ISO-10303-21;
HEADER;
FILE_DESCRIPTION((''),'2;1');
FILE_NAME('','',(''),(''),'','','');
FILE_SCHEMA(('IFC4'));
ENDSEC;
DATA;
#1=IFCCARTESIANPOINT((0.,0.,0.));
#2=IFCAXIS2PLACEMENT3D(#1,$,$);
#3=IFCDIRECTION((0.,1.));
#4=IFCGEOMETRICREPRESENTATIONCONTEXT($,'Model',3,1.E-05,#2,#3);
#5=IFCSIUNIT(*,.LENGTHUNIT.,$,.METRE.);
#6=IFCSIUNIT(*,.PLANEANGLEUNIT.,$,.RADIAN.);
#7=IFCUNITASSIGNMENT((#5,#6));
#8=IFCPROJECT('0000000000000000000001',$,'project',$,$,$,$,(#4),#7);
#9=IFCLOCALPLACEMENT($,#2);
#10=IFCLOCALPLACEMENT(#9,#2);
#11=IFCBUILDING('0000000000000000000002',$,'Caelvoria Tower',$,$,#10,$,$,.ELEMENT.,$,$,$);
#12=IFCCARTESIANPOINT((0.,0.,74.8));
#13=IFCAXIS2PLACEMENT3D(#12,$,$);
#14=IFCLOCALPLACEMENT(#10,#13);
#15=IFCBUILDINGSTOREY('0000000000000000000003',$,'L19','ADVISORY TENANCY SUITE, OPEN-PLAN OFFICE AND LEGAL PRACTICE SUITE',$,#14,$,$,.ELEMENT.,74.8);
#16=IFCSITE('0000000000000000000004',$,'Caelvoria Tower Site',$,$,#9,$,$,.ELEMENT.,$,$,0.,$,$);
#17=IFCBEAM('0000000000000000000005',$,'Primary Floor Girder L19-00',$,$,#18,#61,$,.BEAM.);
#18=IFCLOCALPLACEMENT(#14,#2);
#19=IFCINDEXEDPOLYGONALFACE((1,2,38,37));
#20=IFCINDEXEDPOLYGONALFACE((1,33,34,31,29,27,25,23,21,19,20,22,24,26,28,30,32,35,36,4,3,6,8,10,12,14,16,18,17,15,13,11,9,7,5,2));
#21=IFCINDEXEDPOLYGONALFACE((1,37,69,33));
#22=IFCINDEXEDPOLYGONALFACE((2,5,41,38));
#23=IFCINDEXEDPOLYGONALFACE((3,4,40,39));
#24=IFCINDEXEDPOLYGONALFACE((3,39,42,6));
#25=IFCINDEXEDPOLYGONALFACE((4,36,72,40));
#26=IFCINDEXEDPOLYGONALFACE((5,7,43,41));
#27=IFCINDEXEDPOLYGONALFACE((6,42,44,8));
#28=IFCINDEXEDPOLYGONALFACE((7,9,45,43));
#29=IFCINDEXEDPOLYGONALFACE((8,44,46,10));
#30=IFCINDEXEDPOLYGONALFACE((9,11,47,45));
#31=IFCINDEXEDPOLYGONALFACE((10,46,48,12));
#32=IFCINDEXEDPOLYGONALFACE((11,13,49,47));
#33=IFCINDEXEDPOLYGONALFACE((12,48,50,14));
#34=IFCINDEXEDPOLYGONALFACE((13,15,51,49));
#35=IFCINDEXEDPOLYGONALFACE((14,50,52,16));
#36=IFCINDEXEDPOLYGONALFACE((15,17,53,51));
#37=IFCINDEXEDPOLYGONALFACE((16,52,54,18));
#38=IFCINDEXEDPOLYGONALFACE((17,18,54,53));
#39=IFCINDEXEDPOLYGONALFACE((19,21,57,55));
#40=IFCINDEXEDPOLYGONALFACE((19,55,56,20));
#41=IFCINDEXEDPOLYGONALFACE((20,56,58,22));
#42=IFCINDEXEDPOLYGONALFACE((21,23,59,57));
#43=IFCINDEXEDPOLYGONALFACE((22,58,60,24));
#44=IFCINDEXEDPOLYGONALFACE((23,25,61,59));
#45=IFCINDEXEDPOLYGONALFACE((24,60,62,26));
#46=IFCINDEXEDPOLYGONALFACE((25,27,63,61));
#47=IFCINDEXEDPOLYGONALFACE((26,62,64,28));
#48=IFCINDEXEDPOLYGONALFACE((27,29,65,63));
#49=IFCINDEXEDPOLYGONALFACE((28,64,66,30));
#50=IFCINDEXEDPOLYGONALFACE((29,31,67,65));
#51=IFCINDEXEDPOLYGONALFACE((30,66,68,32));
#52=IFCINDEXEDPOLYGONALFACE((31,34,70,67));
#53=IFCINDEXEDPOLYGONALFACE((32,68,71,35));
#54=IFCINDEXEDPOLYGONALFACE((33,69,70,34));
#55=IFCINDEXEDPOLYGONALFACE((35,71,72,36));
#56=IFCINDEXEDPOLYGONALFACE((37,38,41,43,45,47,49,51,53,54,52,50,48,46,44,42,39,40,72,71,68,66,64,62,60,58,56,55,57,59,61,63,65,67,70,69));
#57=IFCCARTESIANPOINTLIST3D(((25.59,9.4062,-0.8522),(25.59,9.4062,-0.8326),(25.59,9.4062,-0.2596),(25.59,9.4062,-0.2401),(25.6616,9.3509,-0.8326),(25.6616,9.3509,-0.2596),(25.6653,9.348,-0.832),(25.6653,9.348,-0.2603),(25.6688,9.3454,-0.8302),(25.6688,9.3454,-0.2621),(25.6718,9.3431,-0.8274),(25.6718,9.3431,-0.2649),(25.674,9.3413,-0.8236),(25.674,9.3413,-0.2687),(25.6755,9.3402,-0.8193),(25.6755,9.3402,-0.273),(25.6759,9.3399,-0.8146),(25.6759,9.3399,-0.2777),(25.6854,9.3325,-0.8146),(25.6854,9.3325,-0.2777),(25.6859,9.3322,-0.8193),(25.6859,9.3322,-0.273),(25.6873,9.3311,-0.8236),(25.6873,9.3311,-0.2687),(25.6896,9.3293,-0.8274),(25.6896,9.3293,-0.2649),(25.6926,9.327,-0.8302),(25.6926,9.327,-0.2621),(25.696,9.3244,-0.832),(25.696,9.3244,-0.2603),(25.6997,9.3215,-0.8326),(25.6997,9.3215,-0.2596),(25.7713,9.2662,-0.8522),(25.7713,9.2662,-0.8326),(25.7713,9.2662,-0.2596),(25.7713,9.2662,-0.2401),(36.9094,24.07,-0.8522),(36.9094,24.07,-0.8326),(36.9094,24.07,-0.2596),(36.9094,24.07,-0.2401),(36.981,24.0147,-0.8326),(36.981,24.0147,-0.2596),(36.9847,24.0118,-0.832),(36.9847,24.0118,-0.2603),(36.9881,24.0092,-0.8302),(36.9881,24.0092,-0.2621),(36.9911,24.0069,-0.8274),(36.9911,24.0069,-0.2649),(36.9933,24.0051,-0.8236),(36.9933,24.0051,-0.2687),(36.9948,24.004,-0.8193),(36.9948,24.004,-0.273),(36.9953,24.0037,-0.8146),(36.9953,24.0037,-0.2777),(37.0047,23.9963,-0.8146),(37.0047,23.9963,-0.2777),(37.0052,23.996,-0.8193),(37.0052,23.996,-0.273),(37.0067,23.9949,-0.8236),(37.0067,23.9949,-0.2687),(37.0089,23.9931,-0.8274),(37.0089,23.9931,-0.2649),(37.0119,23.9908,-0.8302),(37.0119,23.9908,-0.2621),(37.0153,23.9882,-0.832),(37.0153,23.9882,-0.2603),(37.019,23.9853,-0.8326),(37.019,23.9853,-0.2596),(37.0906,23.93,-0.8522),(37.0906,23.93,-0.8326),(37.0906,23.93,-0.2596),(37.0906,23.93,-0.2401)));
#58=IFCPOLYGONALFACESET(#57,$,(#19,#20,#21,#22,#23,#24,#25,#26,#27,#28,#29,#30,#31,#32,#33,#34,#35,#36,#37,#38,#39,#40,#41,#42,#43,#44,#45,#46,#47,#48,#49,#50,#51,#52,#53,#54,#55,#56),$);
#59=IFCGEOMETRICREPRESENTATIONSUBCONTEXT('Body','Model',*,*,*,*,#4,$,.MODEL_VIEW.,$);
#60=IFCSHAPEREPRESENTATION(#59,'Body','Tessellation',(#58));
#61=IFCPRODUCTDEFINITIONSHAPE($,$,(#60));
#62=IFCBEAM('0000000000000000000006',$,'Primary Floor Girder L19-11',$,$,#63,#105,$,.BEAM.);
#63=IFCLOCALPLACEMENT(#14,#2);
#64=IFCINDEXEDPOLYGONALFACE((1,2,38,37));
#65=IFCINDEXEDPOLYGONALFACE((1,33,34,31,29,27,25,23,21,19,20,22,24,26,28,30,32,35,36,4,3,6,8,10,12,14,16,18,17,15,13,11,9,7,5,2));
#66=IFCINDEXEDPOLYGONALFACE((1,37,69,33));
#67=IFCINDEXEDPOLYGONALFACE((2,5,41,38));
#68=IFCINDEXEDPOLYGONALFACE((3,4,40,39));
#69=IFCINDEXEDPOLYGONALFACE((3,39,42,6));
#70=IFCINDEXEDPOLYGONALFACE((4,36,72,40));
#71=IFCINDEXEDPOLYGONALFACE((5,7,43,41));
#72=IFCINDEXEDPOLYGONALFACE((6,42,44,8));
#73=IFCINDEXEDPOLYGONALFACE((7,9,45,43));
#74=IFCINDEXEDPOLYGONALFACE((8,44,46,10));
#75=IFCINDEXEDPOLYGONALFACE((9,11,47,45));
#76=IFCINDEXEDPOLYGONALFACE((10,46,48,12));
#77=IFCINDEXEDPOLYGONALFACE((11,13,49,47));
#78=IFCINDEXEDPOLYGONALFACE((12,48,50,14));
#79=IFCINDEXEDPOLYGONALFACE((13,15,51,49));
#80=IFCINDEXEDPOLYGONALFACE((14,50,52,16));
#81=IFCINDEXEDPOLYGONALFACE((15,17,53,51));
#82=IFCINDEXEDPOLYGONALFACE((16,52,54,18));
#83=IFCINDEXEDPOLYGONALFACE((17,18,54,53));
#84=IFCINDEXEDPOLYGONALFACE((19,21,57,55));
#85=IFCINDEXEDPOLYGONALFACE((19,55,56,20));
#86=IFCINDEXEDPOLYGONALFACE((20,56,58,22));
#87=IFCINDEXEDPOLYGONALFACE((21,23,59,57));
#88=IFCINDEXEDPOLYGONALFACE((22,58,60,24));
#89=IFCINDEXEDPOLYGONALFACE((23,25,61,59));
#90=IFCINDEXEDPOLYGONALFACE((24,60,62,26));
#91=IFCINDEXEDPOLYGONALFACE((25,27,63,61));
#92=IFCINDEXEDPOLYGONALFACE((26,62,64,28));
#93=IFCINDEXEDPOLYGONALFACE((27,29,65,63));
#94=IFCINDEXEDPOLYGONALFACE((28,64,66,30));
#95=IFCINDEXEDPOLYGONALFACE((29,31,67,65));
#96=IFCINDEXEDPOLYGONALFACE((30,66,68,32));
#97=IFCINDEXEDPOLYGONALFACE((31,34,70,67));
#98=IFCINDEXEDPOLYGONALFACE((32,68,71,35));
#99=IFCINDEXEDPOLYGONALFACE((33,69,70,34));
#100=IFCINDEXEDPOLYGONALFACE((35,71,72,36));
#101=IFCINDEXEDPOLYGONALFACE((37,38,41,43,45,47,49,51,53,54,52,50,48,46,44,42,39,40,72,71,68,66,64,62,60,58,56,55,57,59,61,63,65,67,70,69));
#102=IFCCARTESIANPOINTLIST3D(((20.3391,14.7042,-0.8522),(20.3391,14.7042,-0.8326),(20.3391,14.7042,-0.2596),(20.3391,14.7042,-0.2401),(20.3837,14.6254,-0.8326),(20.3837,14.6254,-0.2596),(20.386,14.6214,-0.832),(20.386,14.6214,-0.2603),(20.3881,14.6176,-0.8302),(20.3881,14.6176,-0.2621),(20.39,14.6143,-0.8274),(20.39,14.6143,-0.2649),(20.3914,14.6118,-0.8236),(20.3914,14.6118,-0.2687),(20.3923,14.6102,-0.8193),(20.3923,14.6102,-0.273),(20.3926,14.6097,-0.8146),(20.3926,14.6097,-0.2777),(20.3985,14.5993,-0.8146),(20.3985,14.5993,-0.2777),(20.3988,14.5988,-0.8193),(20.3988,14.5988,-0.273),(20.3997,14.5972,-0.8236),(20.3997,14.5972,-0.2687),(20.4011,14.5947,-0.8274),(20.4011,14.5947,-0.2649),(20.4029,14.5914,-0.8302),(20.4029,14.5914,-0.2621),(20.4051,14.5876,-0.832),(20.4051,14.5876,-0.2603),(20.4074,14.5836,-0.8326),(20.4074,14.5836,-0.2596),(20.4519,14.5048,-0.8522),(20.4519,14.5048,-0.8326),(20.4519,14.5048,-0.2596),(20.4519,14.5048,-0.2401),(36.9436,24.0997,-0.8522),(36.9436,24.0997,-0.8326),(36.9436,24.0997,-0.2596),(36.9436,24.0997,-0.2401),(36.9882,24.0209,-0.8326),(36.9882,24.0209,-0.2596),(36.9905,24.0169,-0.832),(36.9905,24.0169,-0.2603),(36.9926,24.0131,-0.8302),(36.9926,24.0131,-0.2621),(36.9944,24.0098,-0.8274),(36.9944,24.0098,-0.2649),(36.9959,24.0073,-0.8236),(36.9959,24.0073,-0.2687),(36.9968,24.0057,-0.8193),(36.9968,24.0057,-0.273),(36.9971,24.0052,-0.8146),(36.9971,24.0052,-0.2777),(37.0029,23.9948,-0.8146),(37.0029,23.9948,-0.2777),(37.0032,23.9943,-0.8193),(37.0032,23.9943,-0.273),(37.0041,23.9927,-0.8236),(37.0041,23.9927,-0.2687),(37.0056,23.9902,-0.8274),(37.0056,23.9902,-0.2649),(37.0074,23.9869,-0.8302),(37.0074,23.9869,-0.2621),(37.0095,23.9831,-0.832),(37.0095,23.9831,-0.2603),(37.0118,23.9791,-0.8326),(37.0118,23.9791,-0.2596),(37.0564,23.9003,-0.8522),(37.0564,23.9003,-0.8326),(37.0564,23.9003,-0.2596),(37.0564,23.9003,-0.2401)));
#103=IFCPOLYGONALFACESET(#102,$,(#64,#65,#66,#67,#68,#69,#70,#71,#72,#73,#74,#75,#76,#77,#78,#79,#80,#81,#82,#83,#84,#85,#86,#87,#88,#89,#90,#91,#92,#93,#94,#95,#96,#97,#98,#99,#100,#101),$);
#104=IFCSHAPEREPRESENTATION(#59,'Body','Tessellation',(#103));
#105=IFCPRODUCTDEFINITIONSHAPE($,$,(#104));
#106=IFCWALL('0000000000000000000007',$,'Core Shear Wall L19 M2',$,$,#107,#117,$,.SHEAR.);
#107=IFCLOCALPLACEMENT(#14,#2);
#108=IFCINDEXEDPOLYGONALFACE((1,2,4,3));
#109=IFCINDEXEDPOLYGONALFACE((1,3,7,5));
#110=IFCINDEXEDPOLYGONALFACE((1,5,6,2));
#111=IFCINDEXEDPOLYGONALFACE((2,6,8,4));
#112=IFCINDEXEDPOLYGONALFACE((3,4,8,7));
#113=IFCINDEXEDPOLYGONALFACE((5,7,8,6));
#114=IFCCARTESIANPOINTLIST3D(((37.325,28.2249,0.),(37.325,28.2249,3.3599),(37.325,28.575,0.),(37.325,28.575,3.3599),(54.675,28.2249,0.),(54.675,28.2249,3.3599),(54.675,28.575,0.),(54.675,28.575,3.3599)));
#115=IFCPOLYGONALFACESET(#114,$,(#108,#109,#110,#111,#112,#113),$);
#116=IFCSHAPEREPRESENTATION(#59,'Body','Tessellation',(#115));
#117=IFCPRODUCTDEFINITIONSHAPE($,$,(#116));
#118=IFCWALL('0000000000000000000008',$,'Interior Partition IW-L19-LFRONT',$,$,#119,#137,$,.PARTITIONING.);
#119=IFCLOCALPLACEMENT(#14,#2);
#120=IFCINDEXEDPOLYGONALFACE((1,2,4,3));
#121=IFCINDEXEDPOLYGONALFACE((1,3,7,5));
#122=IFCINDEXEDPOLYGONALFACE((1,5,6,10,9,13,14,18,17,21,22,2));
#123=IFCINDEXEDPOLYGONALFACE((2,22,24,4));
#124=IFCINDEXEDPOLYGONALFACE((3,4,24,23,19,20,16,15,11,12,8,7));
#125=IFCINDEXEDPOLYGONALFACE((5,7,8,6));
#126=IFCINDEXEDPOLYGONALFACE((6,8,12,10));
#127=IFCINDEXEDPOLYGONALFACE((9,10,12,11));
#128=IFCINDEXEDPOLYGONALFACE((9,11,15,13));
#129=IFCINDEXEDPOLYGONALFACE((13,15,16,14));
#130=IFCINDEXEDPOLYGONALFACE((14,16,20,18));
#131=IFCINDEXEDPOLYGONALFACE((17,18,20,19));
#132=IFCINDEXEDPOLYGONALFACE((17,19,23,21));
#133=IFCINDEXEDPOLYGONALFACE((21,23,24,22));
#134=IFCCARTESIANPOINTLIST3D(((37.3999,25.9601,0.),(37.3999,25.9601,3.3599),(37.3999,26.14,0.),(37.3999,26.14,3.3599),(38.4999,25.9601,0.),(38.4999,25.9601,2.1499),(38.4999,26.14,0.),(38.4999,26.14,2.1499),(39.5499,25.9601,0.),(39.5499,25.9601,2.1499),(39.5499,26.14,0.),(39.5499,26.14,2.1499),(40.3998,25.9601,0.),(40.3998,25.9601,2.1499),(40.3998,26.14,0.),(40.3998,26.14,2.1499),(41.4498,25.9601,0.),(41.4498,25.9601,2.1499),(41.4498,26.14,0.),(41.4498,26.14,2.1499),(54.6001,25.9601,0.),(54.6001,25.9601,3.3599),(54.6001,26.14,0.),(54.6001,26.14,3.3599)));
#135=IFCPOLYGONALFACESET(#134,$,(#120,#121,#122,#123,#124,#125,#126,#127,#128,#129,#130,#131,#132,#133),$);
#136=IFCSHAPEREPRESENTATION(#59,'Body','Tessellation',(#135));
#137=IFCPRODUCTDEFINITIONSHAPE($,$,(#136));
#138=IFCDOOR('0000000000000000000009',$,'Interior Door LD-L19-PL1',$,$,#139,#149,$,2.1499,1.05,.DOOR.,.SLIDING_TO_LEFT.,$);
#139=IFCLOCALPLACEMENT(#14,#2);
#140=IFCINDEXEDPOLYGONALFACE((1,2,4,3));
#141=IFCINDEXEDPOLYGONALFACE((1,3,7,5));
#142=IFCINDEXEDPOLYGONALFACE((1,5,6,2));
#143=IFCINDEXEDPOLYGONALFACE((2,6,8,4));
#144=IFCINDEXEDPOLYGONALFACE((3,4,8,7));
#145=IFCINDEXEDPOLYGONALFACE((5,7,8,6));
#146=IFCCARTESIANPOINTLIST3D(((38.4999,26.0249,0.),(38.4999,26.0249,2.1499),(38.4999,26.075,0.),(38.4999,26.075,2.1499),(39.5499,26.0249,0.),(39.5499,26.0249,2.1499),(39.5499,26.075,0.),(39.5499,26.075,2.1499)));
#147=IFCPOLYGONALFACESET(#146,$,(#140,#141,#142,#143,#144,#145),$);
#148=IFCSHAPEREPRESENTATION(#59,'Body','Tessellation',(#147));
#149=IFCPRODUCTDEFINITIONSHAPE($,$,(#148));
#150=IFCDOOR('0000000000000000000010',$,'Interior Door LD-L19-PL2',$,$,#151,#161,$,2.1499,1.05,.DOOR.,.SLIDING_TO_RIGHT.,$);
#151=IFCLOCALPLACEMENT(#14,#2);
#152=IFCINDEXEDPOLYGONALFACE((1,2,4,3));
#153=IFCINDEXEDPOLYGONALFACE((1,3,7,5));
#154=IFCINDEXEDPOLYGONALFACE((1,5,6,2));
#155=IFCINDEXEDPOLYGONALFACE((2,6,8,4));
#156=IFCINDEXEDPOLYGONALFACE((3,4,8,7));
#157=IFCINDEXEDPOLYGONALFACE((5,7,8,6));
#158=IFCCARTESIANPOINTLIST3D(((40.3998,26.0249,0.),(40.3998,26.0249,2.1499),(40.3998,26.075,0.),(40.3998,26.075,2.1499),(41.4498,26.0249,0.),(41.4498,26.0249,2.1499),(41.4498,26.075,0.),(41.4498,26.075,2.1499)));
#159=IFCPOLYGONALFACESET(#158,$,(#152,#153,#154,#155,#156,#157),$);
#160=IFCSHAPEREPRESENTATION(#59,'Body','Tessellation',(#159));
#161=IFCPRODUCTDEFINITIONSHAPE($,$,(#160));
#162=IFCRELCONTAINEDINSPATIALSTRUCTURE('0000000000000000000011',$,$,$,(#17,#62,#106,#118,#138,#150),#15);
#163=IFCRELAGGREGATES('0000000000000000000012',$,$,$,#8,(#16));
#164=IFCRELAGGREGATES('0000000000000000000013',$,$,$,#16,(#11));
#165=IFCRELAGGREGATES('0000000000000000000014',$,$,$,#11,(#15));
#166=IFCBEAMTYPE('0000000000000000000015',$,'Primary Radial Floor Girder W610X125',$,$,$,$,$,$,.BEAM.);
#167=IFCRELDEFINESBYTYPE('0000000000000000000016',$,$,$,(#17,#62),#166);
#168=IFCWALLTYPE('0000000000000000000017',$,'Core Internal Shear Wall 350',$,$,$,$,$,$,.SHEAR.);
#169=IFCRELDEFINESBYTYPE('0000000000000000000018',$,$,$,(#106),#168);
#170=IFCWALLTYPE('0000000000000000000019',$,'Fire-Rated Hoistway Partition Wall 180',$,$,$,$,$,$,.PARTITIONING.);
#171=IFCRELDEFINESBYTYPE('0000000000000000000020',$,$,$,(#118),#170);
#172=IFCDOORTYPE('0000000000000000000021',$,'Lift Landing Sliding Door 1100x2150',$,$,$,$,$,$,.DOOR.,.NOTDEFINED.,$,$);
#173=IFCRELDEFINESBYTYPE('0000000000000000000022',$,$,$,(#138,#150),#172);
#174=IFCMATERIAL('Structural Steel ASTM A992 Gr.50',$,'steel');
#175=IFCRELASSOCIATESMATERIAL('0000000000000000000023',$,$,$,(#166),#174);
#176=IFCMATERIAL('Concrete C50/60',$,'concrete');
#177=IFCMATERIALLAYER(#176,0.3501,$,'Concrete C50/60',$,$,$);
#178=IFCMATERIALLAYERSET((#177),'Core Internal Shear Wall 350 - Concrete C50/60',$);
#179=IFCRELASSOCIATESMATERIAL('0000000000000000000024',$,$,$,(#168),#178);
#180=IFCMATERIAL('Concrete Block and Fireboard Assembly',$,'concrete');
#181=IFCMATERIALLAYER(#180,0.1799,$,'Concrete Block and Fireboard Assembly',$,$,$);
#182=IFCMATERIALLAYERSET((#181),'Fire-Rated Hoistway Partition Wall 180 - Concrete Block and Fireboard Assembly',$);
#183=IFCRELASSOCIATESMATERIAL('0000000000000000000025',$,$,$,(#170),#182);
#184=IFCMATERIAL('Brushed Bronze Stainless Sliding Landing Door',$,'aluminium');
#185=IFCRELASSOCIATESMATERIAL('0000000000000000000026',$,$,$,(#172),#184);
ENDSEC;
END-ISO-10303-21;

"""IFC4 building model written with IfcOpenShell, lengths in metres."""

from ifc_helpers import new_model, si_unit, direction, frame, frame_2d, origin, origin_2d, place, context, subcontext, project, spatial, rectangle, i_section, extrude, material, layer, layer_set, material_profile, profile_set, type_object, element, fill, save


model = new_model("IFC4")

# Units and contexts
model_context = context("Model", 3, precision=1e-05, world=origin(), true_north=direction((0.0, 1.0)))
body_context = subcontext(model_context, "Body", "Model", "MODEL_VIEW")
ifc_project = project(units=[si_unit("LENGTHUNIT", "METRE"), si_unit("PLANEANGLEUNIT", "RADIAN")], contexts=[model_context])

# Site, building, storey
site_placement = place(None, origin())
site = spatial("IfcSite", under=ifc_project, at=site_placement, Name="Caelvoria Tower Site", CompositionType="ELEMENT", RefElevation=0.0)
building_placement = place(site_placement, origin())
building = spatial("IfcBuilding", under=site, at=building_placement, Name="Caelvoria Tower", CompositionType="ELEMENT")
storey_placement = place(building_placement, frame((0.0, 0.0, 74.8)))
storey = spatial("IfcBuildingStorey", under=building, at=storey_placement, Name="L19", Description="ADVISORY TENANCY SUITE, OPEN-PLAN OFFICE AND LEGAL PRACTICE SUITE", CompositionType="ELEMENT", Elevation=74.8)

# Beams
ifc_material_1 = material(Name="Structural Steel ASTM A992 Gr.50", Category="steel")
ifc_material_profile = material_profile(ifc_material_1, i_section(OverallWidth=0.229, OverallDepth=0.6121, WebThickness=0.012, FlangeThickness=0.0195, FilletRadius=0.0181, at=origin_2d()), Name="Structural Steel ASTM A992 Gr.50")
ifc_profile_set = profile_set([ifc_material_profile], Name="W610X125 - Structural Steel ASTM A992 Gr.50")
beam_type = type_object("IfcBeamType", Name="Primary Radial Floor Girder W610X125", PredefinedType="BEAM", material=ifc_profile_set)
beam_1_placement = place(storey_placement, frame((37.0, 24.0, -0.5461), z_axis=(-0.611049, -0.791593, 0.0), x_axis=(0.791593, -0.611049, 0.0)))
element("IfcBeam", 1, at=beam_1_placement, inside=storey, type_object=beam_type, Name="Primary Floor Girder L19-00", PredefinedType="BEAM", context=body_context, shape_type="SweptSolid", body=[
    extrude(i_section(OverallWidth=0.229, OverallDepth=0.6121, WebThickness=0.012, FlangeThickness=0.0195, FilletRadius=0.0181, at=origin_2d()), origin(), (0.0, 0.0, 1.0), 18.5244),
])
beam_2_placement = place(storey_placement, frame((37.0, 24.0, -0.5461), z_axis=(-0.87033, -0.492469, 0.0), x_axis=(0.492469, -0.87033, 0.0)))
element("IfcBeam", 2, at=beam_2_placement, inside=storey, type_object=beam_type, Name="Primary Floor Girder L19-11", PredefinedType="BEAM", context=body_context, shape_type="SweptSolid", body=[
    extrude(i_section(OverallWidth=0.229, OverallDepth=0.6121, WebThickness=0.012, FlangeThickness=0.0195, FilletRadius=0.0181, at=origin_2d()), origin(), (0.0, 0.0, 1.0), 19.0784),
])

# Shared definitions
ifc_material_2 = material(Name="Concrete C50/60", Category="concrete")
ifc_layer_1 = layer(ifc_material_2, 0.3501, Name="Concrete C50/60")
ifc_layer_set_1 = layer_set([ifc_layer_1], Name="Core Internal Shear Wall 350 - Concrete C50/60")
wall_type_1 = type_object("IfcWallType", Name="Core Internal Shear Wall 350", PredefinedType="SHEAR", material=ifc_layer_set_1)

# Wall
wall_1_placement = place(storey_placement, frame((37.325, 28.3999, 0.0), z_axis=(0.0, 0.0, 1.0), x_axis=(1.0, 0.0, 0.0)))
element("IfcWall", 3, at=wall_1_placement, inside=storey, type_object=wall_type_1, Name="Core Shear Wall L19 M2", PredefinedType="SHEAR", context=body_context, shape_type="SweptSolid", body=[
    extrude(rectangle(XDim=17.3501, YDim=0.3501, at=frame_2d((8.675, 0.0))), origin(), (0.0, 0.0, 1.0), 3.3599),
])

# Wall, openings, doors
ifc_material_3 = material(Name="Concrete Block and Fireboard Assembly", Category="concrete")
ifc_layer_2 = layer(ifc_material_3, 0.1799, Name="Concrete Block and Fireboard Assembly")
ifc_layer_set_2 = layer_set([ifc_layer_2], Name="Fire-Rated Hoistway Partition Wall 180 - Concrete Block and Fireboard Assembly")
wall_type_2 = type_object("IfcWallType", Name="Fire-Rated Hoistway Partition Wall 180", PredefinedType="PARTITIONING", material=ifc_layer_set_2)
wall_2_placement = place(storey_placement, frame((37.3999, 26.05, 0.0), z_axis=(0.0, 0.0, 1.0), x_axis=(1.0, 0.0, 0.0)))
wall_2 = element("IfcWall", 4, at=wall_2_placement, inside=storey, type_object=wall_type_2, Name="Interior Partition IW-L19-LFRONT", PredefinedType="PARTITIONING", context=body_context, shape_type="SweptSolid", body=[
    extrude(rectangle(XDim=17.2002, YDim=0.1799, at=frame_2d((8.6001, 0.0))), origin(), (0.0, 0.0, 1.0), 3.3599),
])
opening_1_placement = place(wall_2_placement, frame((1.1001, 0.0, 0.0)))
opening_1 = element("IfcOpeningElement", 5, at=opening_1_placement, cuts=wall_2, PredefinedType="OPENING", context=body_context, shape_type="SweptSolid", body=[
    extrude(rectangle(XDim=1.05, YDim=2.1499, at=frame_2d((0.5249, 1.075))), frame((0.0, 0.0999, 0.0), z_axis=(0.0, -1.0, 0.0), x_axis=(1.0, 0.0, 0.0)), (0.0, 0.0, 1.0), 0.2),
])
opening_2_placement = place(wall_2_placement, frame((3.0, 0.0, 0.0)))
opening_2 = element("IfcOpeningElement", 6, at=opening_2_placement, cuts=wall_2, PredefinedType="OPENING", context=body_context, shape_type="SweptSolid", body=[
    extrude(rectangle(XDim=1.05, YDim=2.1499, at=frame_2d((0.5249, 1.075))), frame((0.0, 0.0999, 0.0), z_axis=(0.0, -1.0, 0.0), x_axis=(1.0, 0.0, 0.0)), (0.0, 0.0, 1.0), 0.2),
])
ifc_material_4 = material(Name="Brushed Bronze Stainless Sliding Landing Door", Category="aluminium")
door_type_1 = type_object("IfcDoorType", Name="Lift Landing Sliding Door 1100x2150", OperationType="NOTDEFINED", PredefinedType="DOOR", material=ifc_material_4)
door_1_placement = place(opening_1_placement, origin())
door_1 = element("IfcDoor", 7, at=door_1_placement, inside=storey, type_object=door_type_1, Name="Interior Door LD-L19-PL1", OperationType="SLIDING_TO_LEFT", OverallHeight=2.1499, OverallWidth=1.05, PredefinedType="DOOR", context=body_context, shape_type="SweptSolid", body=[
    extrude(rectangle(XDim=1.05, YDim=2.1499, at=frame_2d((0.5249, 1.075))), frame((0.0, 0.0249, 0.0), z_axis=(0.0, -1.0, 0.0), x_axis=(1.0, 0.0, 0.0)), (0.0, 0.0, 1.0), 0.05),
])
fill(opening_1, door_1)
door_2_placement = place(opening_2_placement, origin())
door_2 = element("IfcDoor", 8, at=door_2_placement, inside=storey, type_object=door_type_1, Name="Interior Door LD-L19-PL2", OperationType="SLIDING_TO_RIGHT", OverallHeight=2.1499, OverallWidth=1.05, PredefinedType="DOOR", context=body_context, shape_type="SweptSolid", body=[
    extrude(rectangle(XDim=1.05, YDim=2.1499, at=frame_2d((0.5249, 1.075))), frame((0.0, 0.0249, 0.0), z_axis=(0.0, -1.0, 0.0), x_axis=(1.0, 0.0, 0.0)), (0.0, 0.0, 1.0), 0.05),
])
fill(opening_2, door_2)

save(model, "model.ifc")
